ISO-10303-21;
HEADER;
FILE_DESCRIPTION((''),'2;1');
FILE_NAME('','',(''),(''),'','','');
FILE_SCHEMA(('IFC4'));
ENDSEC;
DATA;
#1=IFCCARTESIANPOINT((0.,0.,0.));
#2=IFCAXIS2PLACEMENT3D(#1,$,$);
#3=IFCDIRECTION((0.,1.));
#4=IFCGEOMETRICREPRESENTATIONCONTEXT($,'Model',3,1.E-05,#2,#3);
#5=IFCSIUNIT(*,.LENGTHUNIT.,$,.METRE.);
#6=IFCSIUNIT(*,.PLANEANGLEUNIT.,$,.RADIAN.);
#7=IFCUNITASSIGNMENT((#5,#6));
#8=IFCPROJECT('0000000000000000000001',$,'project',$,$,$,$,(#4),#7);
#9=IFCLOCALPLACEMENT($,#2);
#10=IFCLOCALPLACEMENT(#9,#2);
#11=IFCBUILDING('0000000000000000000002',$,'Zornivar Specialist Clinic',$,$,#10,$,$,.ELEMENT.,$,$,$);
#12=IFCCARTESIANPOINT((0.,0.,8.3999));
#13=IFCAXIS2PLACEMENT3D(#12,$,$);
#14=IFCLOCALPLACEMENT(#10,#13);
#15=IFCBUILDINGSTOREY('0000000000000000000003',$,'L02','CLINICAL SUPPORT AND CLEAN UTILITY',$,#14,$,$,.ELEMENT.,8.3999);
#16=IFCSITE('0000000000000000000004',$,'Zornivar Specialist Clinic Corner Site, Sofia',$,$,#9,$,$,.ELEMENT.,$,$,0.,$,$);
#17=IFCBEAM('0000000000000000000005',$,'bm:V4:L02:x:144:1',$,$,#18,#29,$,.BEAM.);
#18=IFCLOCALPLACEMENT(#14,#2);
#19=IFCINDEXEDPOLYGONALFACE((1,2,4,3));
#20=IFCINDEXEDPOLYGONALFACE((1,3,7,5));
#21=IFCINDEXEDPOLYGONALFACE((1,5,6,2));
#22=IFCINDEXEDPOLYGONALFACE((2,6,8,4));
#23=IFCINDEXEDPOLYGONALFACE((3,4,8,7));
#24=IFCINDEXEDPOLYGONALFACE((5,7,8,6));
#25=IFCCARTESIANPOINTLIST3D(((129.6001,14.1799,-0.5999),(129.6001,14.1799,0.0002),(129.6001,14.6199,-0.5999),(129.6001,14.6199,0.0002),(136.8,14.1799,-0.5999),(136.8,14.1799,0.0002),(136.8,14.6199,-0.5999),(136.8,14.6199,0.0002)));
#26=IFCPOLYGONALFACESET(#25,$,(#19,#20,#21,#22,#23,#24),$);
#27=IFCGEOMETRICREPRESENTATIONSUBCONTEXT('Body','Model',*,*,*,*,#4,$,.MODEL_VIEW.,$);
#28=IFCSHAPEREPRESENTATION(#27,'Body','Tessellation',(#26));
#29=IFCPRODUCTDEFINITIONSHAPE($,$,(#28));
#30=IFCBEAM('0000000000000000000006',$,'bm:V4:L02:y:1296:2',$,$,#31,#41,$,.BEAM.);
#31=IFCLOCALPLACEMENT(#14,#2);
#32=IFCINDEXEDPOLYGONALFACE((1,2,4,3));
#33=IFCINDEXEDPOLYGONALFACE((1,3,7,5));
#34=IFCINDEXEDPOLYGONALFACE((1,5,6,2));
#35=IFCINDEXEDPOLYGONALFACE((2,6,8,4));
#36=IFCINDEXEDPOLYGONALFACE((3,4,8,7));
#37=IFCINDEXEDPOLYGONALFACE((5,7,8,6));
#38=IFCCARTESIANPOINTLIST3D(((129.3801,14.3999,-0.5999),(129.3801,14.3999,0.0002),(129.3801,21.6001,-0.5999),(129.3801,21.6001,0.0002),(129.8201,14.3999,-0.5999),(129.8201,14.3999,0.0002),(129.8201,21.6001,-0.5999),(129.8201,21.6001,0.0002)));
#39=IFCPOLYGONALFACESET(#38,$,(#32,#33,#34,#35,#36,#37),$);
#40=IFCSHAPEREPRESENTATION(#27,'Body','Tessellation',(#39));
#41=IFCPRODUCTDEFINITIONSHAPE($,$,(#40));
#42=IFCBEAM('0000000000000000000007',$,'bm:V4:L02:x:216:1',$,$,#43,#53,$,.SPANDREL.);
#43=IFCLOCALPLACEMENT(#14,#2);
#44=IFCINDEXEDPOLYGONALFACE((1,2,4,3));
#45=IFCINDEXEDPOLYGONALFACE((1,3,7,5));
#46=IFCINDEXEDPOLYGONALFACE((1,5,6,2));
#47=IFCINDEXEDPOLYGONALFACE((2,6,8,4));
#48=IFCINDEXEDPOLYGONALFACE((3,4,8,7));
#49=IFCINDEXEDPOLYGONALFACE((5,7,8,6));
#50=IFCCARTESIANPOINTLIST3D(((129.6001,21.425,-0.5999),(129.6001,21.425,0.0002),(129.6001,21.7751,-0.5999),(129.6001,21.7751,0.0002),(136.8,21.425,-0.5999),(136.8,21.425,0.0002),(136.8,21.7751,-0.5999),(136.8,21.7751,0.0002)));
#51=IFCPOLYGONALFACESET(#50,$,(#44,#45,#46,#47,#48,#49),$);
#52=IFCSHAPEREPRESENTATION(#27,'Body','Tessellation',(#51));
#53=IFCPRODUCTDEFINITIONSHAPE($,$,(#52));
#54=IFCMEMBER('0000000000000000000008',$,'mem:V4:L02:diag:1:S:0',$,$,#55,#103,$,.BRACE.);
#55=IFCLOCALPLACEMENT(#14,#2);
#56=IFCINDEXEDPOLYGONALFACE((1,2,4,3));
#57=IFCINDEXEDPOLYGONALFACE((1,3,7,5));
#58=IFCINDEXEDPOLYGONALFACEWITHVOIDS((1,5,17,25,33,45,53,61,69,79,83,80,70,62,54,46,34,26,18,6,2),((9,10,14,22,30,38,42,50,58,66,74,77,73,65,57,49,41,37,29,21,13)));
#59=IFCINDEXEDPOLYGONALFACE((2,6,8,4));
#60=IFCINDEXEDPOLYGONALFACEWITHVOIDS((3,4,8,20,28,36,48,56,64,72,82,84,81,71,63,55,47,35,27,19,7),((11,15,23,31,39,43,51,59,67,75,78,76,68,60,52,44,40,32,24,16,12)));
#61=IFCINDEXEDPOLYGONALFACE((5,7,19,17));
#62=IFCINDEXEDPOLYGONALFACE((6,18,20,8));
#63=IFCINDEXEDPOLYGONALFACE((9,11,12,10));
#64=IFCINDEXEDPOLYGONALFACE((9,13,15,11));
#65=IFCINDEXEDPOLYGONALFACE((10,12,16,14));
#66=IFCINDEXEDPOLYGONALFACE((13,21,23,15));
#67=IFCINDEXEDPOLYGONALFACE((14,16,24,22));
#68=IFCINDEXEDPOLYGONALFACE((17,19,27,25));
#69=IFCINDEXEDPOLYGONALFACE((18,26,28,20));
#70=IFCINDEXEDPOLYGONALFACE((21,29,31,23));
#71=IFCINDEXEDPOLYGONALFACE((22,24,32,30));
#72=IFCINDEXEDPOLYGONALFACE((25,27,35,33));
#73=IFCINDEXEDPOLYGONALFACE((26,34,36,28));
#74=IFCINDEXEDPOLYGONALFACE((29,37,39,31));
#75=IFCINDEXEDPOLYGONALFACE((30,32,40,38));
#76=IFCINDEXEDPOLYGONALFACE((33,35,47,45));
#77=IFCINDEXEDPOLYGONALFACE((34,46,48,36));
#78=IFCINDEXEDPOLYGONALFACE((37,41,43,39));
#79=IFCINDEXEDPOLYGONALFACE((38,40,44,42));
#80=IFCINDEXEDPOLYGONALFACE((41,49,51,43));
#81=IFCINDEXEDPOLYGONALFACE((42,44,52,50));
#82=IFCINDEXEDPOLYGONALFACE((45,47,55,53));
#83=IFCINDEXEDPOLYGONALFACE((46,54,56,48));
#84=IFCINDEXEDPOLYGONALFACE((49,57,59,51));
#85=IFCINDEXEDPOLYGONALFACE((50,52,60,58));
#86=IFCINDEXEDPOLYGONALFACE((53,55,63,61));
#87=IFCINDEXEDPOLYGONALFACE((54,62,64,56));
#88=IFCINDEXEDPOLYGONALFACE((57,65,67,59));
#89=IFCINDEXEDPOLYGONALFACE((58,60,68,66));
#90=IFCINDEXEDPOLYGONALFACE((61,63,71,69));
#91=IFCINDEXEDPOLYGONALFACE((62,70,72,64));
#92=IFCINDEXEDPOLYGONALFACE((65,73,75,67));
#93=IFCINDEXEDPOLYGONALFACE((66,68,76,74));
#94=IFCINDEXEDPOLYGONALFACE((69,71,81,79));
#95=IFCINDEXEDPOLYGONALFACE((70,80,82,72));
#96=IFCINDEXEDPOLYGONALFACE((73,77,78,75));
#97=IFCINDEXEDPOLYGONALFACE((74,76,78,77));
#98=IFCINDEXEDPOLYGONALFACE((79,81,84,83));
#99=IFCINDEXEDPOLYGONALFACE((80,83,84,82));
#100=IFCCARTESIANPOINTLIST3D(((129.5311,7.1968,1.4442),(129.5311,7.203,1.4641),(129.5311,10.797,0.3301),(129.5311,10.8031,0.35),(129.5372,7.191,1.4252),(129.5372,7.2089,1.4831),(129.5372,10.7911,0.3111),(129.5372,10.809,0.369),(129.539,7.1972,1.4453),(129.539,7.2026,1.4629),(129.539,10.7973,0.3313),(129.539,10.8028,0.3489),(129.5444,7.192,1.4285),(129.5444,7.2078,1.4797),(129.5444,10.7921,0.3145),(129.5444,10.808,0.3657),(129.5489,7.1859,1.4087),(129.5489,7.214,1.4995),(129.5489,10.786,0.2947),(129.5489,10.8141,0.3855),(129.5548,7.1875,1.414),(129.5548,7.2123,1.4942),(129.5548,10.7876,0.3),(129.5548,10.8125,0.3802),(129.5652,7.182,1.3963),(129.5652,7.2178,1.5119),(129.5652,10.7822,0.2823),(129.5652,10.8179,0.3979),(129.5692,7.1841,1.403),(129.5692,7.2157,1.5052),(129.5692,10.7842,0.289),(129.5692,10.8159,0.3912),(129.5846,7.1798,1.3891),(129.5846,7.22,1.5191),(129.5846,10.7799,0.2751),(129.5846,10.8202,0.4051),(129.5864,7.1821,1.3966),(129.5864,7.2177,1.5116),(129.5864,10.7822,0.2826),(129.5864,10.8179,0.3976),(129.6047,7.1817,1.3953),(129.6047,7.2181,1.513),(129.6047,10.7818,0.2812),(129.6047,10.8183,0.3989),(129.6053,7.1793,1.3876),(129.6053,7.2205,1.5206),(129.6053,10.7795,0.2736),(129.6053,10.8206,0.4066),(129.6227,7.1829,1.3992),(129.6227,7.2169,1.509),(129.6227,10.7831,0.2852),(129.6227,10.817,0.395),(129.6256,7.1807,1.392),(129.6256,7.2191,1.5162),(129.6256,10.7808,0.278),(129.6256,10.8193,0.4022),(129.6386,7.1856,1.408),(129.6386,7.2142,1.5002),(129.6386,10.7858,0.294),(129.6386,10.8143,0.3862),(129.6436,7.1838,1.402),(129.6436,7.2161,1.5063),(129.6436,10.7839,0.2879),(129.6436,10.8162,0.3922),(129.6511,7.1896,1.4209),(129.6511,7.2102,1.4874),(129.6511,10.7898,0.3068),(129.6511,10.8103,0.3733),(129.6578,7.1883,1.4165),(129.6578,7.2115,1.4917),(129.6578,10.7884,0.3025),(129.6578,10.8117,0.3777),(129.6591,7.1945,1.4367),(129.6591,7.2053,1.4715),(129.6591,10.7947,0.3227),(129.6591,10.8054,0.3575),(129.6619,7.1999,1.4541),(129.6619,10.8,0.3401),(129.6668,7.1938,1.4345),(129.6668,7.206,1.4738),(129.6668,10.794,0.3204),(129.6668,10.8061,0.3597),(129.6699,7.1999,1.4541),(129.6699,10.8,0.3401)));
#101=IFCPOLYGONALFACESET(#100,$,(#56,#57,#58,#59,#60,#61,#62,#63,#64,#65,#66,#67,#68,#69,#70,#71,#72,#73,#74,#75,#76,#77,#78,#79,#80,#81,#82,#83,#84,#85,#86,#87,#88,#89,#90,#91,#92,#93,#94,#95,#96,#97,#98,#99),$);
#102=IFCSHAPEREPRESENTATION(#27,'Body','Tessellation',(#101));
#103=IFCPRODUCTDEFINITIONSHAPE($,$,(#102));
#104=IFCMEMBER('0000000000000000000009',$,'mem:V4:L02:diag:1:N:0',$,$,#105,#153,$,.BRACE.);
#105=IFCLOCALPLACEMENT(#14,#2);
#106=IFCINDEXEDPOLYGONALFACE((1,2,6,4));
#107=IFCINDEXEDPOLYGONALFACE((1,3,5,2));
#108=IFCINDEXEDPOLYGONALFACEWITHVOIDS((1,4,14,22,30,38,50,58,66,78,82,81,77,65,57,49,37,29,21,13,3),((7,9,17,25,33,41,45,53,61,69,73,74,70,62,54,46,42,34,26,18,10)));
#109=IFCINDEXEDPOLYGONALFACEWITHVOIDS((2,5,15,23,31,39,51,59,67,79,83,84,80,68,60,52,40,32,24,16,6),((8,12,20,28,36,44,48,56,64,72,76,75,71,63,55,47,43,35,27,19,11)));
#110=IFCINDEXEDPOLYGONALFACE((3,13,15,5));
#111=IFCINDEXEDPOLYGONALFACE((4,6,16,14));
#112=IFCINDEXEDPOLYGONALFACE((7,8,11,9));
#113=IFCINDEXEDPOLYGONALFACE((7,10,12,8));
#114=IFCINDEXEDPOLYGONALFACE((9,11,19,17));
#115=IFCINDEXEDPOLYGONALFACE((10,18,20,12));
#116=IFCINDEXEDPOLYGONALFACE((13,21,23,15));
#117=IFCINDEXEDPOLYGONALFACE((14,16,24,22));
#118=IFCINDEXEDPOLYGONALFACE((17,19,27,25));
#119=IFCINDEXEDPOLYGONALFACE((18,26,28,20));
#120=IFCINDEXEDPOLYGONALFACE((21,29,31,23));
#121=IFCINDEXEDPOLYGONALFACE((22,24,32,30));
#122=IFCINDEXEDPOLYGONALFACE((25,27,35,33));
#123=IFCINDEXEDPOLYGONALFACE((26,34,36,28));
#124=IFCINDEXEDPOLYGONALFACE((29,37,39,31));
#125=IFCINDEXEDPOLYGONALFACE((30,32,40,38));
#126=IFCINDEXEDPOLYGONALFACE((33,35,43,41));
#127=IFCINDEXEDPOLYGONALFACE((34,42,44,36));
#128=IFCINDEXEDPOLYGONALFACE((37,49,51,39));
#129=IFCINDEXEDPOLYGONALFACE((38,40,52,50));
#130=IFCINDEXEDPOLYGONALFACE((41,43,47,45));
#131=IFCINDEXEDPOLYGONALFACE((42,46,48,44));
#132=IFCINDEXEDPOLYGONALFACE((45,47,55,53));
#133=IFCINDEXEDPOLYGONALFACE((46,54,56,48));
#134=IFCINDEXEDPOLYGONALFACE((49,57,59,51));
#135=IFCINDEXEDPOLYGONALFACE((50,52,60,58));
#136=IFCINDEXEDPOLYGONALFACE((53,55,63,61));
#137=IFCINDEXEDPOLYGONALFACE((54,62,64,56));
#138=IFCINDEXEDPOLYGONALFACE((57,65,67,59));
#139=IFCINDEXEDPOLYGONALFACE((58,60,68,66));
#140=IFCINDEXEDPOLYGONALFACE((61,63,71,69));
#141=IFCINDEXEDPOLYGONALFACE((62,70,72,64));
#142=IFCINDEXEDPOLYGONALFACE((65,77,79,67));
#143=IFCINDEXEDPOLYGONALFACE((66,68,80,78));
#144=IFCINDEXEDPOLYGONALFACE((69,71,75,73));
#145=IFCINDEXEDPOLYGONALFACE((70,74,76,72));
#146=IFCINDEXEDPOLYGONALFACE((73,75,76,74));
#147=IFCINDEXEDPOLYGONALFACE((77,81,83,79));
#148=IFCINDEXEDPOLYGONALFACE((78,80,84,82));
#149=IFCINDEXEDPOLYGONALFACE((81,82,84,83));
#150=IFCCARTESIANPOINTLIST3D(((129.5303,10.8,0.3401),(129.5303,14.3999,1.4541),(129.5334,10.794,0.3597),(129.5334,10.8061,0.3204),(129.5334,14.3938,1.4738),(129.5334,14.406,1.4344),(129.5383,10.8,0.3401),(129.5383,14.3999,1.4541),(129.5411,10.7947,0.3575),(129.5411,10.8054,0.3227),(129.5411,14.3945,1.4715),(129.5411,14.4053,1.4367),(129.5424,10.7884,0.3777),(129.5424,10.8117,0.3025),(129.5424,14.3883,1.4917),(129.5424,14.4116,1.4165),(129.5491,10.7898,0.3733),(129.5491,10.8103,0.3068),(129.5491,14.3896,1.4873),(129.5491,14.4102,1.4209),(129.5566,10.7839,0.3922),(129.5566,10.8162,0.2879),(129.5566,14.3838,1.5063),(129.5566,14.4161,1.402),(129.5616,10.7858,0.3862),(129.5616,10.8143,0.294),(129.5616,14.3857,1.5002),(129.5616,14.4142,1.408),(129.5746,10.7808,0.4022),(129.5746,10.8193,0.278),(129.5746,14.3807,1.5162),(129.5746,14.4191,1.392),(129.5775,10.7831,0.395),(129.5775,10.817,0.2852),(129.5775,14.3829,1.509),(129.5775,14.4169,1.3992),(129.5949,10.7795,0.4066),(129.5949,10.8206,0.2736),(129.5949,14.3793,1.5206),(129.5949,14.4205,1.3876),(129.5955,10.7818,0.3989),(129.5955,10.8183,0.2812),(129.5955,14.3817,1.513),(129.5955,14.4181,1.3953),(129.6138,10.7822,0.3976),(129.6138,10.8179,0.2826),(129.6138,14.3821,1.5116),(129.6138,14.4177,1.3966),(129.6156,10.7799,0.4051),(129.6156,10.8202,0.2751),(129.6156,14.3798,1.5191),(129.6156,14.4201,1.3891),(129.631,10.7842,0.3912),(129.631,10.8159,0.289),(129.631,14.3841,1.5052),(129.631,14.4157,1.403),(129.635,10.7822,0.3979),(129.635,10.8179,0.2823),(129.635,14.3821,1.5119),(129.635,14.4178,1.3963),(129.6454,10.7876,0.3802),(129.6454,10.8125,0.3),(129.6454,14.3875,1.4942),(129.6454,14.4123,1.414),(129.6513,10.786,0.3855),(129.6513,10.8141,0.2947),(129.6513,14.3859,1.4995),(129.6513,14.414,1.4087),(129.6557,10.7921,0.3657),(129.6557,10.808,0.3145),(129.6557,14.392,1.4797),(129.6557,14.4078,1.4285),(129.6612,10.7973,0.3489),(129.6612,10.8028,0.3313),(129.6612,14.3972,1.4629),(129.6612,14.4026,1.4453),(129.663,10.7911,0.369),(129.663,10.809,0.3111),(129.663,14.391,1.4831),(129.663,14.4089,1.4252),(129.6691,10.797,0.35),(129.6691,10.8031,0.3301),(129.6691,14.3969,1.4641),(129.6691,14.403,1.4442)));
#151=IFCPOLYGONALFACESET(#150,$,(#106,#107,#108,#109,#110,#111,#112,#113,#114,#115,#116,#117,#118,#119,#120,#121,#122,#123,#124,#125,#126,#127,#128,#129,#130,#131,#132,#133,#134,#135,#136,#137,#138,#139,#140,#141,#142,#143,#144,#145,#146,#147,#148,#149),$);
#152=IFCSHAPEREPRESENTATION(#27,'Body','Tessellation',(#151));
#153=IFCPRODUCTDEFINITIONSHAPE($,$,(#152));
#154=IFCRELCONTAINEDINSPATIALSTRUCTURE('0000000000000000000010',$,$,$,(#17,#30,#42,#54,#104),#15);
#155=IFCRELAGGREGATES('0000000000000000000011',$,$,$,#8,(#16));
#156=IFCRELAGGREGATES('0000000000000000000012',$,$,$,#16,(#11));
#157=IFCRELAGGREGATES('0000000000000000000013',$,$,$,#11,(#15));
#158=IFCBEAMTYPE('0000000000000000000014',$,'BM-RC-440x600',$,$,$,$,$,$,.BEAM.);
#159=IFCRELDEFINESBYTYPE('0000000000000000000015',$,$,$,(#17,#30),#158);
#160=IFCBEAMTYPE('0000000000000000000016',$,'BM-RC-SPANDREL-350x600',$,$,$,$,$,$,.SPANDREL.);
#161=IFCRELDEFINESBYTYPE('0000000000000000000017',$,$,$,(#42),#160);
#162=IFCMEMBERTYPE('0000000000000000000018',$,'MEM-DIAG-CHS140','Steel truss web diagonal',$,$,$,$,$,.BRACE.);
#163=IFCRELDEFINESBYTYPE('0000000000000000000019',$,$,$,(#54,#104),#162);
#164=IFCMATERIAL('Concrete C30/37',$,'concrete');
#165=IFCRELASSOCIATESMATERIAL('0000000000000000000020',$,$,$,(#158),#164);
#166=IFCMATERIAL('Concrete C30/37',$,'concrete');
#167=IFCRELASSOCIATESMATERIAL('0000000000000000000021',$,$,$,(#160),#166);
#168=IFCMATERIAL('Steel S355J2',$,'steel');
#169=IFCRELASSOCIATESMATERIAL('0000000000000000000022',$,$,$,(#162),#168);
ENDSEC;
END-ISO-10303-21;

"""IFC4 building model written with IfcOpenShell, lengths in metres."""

from ifc_helpers import new_model, si_unit, direction, frame, origin, origin_2d, place, context, subcontext, project, spatial, rectangle, hollow_circle, extrude, material, material_profile, profile_set, type_object, element, save


model = new_model("IFC4")

# Units and contexts
model_context = context("Model", 3, precision=1e-05, world=origin(), true_north=direction((0.0, 1.0)))
body_context = subcontext(model_context, "Body", "Model", "MODEL_VIEW")
ifc_project = project(units=[si_unit("LENGTHUNIT", "METRE"), si_unit("PLANEANGLEUNIT", "RADIAN")], contexts=[model_context])

# Site, building, storey
site_placement = place(None, origin())
site = spatial("IfcSite", under=ifc_project, at=site_placement, Name="Zornivar Specialist Clinic Corner Site, Sofia", CompositionType="ELEMENT", RefElevation=0.0)
building_placement = place(site_placement, origin())
building = spatial("IfcBuilding", under=site, at=building_placement, Name="Zornivar Specialist Clinic", CompositionType="ELEMENT")
storey_placement = place(building_placement, frame((0.0, 0.0, 8.3999)))
storey = spatial("IfcBuildingStorey", under=building, at=storey_placement, Name="L02", Description="CLINICAL SUPPORT AND CLEAN UTILITY", CompositionType="ELEMENT", Elevation=8.3999)

# Beams
ifc_material_1 = material(Name="Concrete C30/37", Category="concrete")
ifc_material_profile_1 = material_profile(ifc_material_1, rectangle(XDim=0.4399, YDim=0.6001, at=origin_2d()), Name="RC 440x600")
ifc_profile_set_1 = profile_set([ifc_material_profile_1], Name="Concrete C30/37")
beam_type_1 = type_object("IfcBeamType", Name="BM-RC-440x600", PredefinedType="BEAM", material=ifc_profile_set_1)
beam_1_placement = place(storey_placement, frame((129.6001, 14.3999, -0.2998), z_axis=(1.0, 0.0, 0.0), x_axis=(0.0, 1.0, 0.0)))
element("IfcBeam", 1, at=beam_1_placement, inside=storey, type_object=beam_type_1, Name="bm:V4:L02:x:144:1", PredefinedType="BEAM", context=body_context, shape_type="SweptSolid", body=[
    extrude(rectangle(XDim=0.4399, YDim=0.6001, at=origin_2d()), origin(), (0.0, 0.0, 1.0), 7.2),
])
beam_2_placement = place(storey_placement, frame((129.6001, 14.3999, -0.2998), z_axis=(0.0, 1.0, 0.0), x_axis=(-1.0, 0.0, 0.0)))
element("IfcBeam", 2, at=beam_2_placement, inside=storey, type_object=beam_type_1, Name="bm:V4:L02:y:1296:2", PredefinedType="BEAM", context=body_context, shape_type="SweptSolid", body=[
    extrude(rectangle(XDim=0.4399, YDim=0.6001, at=origin_2d()), origin(), (0.0, 0.0, 1.0), 7.2002),
])
ifc_material_2 = material(Name="Concrete C30/37", Category="concrete")
ifc_material_profile_2 = material_profile(ifc_material_2, rectangle(XDim=0.3501, YDim=0.6001, at=origin_2d()), Name="RC 350x600")
ifc_profile_set_2 = profile_set([ifc_material_profile_2], Name="Concrete C30/37")
beam_type_2 = type_object("IfcBeamType", Name="BM-RC-SPANDREL-350x600", PredefinedType="SPANDREL", material=ifc_profile_set_2)
beam_3_placement = place(storey_placement, frame((129.6001, 21.6001, -0.2998), z_axis=(1.0, 0.0, 0.0), x_axis=(0.0, 1.0, 0.0)))
element("IfcBeam", 3, at=beam_3_placement, inside=storey, type_object=beam_type_2, Name="bm:V4:L02:x:216:1", PredefinedType="SPANDREL", context=body_context, shape_type="SweptSolid", body=[
    extrude(rectangle(XDim=0.3501, YDim=0.6001, at=origin_2d()), origin(), (0.0, 0.0, 1.0), 7.2),
])

# Members
ifc_material_3 = material(Name="Steel S355J2", Category="steel")
ifc_material_profile_3 = material_profile(ifc_material_3, hollow_circle(Radius=0.0698, WallThickness=0.0081, at=origin_2d()), Name="CHS 139.7x8")
ifc_profile_set_3 = profile_set([ifc_material_profile_3], Name="Steel S355J2")
member_type_1 = type_object("IfcMemberType", Name="MEM-DIAG-CHS140", Description="Steel truss web diagonal", PredefinedType="BRACE", material=ifc_profile_set_3)
member_1_placement = place(storey_placement, frame((129.6001, 10.8, 0.3401), z_axis=(0.0, -0.955309, 0.295611), x_axis=(1.0, 0.0, 0.0)))
element("IfcMember", 4, at=member_1_placement, inside=storey, type_object=member_type_1, Name="mem:V4:L02:diag:1:S:0", PredefinedType="BRACE", context=body_context, shape_type="SweptSolid", body=[
    extrude(hollow_circle(Radius=0.0698, WallThickness=0.0081, at=origin_2d()), origin(), (0.0, 0.0, 1.0), 3.7686),
])
member_2_placement = place(storey_placement, frame((129.6001, 10.8, 0.3401), z_axis=(0.0, 0.955303, 0.295629), x_axis=(-1.0, 0.0, 0.0)))
element("IfcMember", 5, at=member_2_placement, inside=storey, type_object=member_type_1, Name="mem:V4:L02:diag:1:N:0", PredefinedType="BRACE", context=body_context, shape_type="SweptSolid", body=[
    extrude(hollow_circle(Radius=0.0698, WallThickness=0.0081, at=origin_2d()), origin(), (0.0, 0.0, 1.0), 3.7683),
])

save(model, "model.ifc")
